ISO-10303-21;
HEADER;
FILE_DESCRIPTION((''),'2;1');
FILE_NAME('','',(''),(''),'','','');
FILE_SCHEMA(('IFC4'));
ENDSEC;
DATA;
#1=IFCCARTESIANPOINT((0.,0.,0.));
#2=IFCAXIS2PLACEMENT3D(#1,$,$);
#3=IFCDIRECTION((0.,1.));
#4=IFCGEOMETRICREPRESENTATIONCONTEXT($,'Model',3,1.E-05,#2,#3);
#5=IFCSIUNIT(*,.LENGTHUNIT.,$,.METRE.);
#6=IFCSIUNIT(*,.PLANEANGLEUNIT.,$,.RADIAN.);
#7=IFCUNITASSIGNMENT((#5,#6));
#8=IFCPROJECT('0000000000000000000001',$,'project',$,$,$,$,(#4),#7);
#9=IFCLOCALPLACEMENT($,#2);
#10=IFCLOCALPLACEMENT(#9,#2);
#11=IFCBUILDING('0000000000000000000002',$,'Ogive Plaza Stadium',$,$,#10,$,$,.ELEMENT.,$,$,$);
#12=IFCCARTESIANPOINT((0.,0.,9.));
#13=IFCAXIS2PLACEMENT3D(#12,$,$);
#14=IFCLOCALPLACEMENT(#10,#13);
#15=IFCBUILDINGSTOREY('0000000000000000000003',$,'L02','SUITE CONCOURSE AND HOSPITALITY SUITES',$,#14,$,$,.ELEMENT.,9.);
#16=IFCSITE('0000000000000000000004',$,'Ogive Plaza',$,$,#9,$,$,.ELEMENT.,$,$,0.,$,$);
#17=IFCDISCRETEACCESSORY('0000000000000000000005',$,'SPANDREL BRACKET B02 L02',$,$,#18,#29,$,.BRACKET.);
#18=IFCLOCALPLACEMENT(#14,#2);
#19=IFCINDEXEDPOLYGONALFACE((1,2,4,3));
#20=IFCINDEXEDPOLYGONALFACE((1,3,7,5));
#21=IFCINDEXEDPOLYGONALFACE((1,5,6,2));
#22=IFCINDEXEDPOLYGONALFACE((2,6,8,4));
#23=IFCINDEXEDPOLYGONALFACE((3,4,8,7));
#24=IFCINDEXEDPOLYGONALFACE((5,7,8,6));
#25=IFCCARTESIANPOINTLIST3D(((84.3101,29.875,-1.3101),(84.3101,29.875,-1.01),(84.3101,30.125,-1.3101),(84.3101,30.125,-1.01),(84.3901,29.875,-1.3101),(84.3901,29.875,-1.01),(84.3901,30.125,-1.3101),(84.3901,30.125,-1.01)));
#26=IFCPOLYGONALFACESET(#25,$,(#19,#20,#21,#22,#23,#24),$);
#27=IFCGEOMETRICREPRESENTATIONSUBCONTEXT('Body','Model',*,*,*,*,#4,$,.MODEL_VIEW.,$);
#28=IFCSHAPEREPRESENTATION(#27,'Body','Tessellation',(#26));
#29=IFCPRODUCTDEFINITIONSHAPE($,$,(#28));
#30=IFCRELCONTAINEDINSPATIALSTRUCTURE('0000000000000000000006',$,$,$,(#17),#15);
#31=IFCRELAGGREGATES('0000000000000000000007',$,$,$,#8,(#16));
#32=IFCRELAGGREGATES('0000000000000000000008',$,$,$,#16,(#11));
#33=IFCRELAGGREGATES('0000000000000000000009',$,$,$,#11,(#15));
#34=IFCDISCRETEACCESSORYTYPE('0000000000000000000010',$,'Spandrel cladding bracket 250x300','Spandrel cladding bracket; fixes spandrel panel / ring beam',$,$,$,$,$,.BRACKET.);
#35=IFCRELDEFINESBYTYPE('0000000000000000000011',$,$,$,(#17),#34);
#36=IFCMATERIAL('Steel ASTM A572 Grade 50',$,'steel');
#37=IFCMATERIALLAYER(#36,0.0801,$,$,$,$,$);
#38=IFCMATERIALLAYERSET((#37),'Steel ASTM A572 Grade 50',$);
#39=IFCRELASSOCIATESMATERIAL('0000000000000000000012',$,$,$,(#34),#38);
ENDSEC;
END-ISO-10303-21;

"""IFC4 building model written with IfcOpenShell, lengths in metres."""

from ifc_helpers import new_model, si_unit, direction, frame, origin, origin_2d, place, context, subcontext, project, spatial, rectangle, extrude, material, layer, layer_set, type_object, element, save


model = new_model("IFC4")

# Units and contexts
model_context = context("Model", 3, precision=1e-05, world=origin(), true_north=direction((0.0, 1.0)))
body_context = subcontext(model_context, "Body", "Model", "MODEL_VIEW")
ifc_project = project(units=[si_unit("LENGTHUNIT", "METRE"), si_unit("PLANEANGLEUNIT", "RADIAN")], contexts=[model_context])

# Site, building, storey
site_placement = place(None, origin())
site = spatial("IfcSite", under=ifc_project, at=site_placement, Name="Ogive Plaza", CompositionType="ELEMENT", RefElevation=0.0)
building_placement = place(site_placement, origin())
building = spatial("IfcBuilding", under=site, at=building_placement, Name="Ogive Plaza Stadium", CompositionType="ELEMENT")
storey_placement = place(building_placement, frame((0.0, 0.0, 9.0)))
storey = spatial("IfcBuildingStorey", under=building, at=storey_placement, Name="L02", Description="SUITE CONCOURSE AND HOSPITALITY SUITES", CompositionType="ELEMENT", Elevation=9.0)

# Discrete accessory
ifc_material_1 = material(Name="Steel ASTM A572 Grade 50", Category="steel")
ifc_layer_1 = layer(ifc_material_1, 0.0801)
ifc_layer_set_1 = layer_set([ifc_layer_1], Name="Steel ASTM A572 Grade 50")
discrete_accessory_type = type_object("IfcDiscreteAccessoryType", Name="Spandrel cladding bracket 250x300", Description="Spandrel cladding bracket; fixes spandrel panel / ring beam", PredefinedType="BRACKET", material=ifc_layer_set_1)
discrete_accessory_placement = place(storey_placement, frame((84.3501, 30.0, -1.3101), z_axis=(0.0, 0.0, 1.0), x_axis=(0.0, -1.0, 0.0)))
element("IfcDiscreteAccessory", 1, at=discrete_accessory_placement, inside=storey, type_object=discrete_accessory_type, Name="SPANDREL BRACKET B02 L02", PredefinedType="BRACKET", context=body_context, shape_type="SweptSolid", body=[
    extrude(rectangle(XDim=0.25, YDim=0.0801, at=origin_2d()), origin(), (0.0, 0.0, 1.0), 0.3),
])

save(model, "model.ifc")
